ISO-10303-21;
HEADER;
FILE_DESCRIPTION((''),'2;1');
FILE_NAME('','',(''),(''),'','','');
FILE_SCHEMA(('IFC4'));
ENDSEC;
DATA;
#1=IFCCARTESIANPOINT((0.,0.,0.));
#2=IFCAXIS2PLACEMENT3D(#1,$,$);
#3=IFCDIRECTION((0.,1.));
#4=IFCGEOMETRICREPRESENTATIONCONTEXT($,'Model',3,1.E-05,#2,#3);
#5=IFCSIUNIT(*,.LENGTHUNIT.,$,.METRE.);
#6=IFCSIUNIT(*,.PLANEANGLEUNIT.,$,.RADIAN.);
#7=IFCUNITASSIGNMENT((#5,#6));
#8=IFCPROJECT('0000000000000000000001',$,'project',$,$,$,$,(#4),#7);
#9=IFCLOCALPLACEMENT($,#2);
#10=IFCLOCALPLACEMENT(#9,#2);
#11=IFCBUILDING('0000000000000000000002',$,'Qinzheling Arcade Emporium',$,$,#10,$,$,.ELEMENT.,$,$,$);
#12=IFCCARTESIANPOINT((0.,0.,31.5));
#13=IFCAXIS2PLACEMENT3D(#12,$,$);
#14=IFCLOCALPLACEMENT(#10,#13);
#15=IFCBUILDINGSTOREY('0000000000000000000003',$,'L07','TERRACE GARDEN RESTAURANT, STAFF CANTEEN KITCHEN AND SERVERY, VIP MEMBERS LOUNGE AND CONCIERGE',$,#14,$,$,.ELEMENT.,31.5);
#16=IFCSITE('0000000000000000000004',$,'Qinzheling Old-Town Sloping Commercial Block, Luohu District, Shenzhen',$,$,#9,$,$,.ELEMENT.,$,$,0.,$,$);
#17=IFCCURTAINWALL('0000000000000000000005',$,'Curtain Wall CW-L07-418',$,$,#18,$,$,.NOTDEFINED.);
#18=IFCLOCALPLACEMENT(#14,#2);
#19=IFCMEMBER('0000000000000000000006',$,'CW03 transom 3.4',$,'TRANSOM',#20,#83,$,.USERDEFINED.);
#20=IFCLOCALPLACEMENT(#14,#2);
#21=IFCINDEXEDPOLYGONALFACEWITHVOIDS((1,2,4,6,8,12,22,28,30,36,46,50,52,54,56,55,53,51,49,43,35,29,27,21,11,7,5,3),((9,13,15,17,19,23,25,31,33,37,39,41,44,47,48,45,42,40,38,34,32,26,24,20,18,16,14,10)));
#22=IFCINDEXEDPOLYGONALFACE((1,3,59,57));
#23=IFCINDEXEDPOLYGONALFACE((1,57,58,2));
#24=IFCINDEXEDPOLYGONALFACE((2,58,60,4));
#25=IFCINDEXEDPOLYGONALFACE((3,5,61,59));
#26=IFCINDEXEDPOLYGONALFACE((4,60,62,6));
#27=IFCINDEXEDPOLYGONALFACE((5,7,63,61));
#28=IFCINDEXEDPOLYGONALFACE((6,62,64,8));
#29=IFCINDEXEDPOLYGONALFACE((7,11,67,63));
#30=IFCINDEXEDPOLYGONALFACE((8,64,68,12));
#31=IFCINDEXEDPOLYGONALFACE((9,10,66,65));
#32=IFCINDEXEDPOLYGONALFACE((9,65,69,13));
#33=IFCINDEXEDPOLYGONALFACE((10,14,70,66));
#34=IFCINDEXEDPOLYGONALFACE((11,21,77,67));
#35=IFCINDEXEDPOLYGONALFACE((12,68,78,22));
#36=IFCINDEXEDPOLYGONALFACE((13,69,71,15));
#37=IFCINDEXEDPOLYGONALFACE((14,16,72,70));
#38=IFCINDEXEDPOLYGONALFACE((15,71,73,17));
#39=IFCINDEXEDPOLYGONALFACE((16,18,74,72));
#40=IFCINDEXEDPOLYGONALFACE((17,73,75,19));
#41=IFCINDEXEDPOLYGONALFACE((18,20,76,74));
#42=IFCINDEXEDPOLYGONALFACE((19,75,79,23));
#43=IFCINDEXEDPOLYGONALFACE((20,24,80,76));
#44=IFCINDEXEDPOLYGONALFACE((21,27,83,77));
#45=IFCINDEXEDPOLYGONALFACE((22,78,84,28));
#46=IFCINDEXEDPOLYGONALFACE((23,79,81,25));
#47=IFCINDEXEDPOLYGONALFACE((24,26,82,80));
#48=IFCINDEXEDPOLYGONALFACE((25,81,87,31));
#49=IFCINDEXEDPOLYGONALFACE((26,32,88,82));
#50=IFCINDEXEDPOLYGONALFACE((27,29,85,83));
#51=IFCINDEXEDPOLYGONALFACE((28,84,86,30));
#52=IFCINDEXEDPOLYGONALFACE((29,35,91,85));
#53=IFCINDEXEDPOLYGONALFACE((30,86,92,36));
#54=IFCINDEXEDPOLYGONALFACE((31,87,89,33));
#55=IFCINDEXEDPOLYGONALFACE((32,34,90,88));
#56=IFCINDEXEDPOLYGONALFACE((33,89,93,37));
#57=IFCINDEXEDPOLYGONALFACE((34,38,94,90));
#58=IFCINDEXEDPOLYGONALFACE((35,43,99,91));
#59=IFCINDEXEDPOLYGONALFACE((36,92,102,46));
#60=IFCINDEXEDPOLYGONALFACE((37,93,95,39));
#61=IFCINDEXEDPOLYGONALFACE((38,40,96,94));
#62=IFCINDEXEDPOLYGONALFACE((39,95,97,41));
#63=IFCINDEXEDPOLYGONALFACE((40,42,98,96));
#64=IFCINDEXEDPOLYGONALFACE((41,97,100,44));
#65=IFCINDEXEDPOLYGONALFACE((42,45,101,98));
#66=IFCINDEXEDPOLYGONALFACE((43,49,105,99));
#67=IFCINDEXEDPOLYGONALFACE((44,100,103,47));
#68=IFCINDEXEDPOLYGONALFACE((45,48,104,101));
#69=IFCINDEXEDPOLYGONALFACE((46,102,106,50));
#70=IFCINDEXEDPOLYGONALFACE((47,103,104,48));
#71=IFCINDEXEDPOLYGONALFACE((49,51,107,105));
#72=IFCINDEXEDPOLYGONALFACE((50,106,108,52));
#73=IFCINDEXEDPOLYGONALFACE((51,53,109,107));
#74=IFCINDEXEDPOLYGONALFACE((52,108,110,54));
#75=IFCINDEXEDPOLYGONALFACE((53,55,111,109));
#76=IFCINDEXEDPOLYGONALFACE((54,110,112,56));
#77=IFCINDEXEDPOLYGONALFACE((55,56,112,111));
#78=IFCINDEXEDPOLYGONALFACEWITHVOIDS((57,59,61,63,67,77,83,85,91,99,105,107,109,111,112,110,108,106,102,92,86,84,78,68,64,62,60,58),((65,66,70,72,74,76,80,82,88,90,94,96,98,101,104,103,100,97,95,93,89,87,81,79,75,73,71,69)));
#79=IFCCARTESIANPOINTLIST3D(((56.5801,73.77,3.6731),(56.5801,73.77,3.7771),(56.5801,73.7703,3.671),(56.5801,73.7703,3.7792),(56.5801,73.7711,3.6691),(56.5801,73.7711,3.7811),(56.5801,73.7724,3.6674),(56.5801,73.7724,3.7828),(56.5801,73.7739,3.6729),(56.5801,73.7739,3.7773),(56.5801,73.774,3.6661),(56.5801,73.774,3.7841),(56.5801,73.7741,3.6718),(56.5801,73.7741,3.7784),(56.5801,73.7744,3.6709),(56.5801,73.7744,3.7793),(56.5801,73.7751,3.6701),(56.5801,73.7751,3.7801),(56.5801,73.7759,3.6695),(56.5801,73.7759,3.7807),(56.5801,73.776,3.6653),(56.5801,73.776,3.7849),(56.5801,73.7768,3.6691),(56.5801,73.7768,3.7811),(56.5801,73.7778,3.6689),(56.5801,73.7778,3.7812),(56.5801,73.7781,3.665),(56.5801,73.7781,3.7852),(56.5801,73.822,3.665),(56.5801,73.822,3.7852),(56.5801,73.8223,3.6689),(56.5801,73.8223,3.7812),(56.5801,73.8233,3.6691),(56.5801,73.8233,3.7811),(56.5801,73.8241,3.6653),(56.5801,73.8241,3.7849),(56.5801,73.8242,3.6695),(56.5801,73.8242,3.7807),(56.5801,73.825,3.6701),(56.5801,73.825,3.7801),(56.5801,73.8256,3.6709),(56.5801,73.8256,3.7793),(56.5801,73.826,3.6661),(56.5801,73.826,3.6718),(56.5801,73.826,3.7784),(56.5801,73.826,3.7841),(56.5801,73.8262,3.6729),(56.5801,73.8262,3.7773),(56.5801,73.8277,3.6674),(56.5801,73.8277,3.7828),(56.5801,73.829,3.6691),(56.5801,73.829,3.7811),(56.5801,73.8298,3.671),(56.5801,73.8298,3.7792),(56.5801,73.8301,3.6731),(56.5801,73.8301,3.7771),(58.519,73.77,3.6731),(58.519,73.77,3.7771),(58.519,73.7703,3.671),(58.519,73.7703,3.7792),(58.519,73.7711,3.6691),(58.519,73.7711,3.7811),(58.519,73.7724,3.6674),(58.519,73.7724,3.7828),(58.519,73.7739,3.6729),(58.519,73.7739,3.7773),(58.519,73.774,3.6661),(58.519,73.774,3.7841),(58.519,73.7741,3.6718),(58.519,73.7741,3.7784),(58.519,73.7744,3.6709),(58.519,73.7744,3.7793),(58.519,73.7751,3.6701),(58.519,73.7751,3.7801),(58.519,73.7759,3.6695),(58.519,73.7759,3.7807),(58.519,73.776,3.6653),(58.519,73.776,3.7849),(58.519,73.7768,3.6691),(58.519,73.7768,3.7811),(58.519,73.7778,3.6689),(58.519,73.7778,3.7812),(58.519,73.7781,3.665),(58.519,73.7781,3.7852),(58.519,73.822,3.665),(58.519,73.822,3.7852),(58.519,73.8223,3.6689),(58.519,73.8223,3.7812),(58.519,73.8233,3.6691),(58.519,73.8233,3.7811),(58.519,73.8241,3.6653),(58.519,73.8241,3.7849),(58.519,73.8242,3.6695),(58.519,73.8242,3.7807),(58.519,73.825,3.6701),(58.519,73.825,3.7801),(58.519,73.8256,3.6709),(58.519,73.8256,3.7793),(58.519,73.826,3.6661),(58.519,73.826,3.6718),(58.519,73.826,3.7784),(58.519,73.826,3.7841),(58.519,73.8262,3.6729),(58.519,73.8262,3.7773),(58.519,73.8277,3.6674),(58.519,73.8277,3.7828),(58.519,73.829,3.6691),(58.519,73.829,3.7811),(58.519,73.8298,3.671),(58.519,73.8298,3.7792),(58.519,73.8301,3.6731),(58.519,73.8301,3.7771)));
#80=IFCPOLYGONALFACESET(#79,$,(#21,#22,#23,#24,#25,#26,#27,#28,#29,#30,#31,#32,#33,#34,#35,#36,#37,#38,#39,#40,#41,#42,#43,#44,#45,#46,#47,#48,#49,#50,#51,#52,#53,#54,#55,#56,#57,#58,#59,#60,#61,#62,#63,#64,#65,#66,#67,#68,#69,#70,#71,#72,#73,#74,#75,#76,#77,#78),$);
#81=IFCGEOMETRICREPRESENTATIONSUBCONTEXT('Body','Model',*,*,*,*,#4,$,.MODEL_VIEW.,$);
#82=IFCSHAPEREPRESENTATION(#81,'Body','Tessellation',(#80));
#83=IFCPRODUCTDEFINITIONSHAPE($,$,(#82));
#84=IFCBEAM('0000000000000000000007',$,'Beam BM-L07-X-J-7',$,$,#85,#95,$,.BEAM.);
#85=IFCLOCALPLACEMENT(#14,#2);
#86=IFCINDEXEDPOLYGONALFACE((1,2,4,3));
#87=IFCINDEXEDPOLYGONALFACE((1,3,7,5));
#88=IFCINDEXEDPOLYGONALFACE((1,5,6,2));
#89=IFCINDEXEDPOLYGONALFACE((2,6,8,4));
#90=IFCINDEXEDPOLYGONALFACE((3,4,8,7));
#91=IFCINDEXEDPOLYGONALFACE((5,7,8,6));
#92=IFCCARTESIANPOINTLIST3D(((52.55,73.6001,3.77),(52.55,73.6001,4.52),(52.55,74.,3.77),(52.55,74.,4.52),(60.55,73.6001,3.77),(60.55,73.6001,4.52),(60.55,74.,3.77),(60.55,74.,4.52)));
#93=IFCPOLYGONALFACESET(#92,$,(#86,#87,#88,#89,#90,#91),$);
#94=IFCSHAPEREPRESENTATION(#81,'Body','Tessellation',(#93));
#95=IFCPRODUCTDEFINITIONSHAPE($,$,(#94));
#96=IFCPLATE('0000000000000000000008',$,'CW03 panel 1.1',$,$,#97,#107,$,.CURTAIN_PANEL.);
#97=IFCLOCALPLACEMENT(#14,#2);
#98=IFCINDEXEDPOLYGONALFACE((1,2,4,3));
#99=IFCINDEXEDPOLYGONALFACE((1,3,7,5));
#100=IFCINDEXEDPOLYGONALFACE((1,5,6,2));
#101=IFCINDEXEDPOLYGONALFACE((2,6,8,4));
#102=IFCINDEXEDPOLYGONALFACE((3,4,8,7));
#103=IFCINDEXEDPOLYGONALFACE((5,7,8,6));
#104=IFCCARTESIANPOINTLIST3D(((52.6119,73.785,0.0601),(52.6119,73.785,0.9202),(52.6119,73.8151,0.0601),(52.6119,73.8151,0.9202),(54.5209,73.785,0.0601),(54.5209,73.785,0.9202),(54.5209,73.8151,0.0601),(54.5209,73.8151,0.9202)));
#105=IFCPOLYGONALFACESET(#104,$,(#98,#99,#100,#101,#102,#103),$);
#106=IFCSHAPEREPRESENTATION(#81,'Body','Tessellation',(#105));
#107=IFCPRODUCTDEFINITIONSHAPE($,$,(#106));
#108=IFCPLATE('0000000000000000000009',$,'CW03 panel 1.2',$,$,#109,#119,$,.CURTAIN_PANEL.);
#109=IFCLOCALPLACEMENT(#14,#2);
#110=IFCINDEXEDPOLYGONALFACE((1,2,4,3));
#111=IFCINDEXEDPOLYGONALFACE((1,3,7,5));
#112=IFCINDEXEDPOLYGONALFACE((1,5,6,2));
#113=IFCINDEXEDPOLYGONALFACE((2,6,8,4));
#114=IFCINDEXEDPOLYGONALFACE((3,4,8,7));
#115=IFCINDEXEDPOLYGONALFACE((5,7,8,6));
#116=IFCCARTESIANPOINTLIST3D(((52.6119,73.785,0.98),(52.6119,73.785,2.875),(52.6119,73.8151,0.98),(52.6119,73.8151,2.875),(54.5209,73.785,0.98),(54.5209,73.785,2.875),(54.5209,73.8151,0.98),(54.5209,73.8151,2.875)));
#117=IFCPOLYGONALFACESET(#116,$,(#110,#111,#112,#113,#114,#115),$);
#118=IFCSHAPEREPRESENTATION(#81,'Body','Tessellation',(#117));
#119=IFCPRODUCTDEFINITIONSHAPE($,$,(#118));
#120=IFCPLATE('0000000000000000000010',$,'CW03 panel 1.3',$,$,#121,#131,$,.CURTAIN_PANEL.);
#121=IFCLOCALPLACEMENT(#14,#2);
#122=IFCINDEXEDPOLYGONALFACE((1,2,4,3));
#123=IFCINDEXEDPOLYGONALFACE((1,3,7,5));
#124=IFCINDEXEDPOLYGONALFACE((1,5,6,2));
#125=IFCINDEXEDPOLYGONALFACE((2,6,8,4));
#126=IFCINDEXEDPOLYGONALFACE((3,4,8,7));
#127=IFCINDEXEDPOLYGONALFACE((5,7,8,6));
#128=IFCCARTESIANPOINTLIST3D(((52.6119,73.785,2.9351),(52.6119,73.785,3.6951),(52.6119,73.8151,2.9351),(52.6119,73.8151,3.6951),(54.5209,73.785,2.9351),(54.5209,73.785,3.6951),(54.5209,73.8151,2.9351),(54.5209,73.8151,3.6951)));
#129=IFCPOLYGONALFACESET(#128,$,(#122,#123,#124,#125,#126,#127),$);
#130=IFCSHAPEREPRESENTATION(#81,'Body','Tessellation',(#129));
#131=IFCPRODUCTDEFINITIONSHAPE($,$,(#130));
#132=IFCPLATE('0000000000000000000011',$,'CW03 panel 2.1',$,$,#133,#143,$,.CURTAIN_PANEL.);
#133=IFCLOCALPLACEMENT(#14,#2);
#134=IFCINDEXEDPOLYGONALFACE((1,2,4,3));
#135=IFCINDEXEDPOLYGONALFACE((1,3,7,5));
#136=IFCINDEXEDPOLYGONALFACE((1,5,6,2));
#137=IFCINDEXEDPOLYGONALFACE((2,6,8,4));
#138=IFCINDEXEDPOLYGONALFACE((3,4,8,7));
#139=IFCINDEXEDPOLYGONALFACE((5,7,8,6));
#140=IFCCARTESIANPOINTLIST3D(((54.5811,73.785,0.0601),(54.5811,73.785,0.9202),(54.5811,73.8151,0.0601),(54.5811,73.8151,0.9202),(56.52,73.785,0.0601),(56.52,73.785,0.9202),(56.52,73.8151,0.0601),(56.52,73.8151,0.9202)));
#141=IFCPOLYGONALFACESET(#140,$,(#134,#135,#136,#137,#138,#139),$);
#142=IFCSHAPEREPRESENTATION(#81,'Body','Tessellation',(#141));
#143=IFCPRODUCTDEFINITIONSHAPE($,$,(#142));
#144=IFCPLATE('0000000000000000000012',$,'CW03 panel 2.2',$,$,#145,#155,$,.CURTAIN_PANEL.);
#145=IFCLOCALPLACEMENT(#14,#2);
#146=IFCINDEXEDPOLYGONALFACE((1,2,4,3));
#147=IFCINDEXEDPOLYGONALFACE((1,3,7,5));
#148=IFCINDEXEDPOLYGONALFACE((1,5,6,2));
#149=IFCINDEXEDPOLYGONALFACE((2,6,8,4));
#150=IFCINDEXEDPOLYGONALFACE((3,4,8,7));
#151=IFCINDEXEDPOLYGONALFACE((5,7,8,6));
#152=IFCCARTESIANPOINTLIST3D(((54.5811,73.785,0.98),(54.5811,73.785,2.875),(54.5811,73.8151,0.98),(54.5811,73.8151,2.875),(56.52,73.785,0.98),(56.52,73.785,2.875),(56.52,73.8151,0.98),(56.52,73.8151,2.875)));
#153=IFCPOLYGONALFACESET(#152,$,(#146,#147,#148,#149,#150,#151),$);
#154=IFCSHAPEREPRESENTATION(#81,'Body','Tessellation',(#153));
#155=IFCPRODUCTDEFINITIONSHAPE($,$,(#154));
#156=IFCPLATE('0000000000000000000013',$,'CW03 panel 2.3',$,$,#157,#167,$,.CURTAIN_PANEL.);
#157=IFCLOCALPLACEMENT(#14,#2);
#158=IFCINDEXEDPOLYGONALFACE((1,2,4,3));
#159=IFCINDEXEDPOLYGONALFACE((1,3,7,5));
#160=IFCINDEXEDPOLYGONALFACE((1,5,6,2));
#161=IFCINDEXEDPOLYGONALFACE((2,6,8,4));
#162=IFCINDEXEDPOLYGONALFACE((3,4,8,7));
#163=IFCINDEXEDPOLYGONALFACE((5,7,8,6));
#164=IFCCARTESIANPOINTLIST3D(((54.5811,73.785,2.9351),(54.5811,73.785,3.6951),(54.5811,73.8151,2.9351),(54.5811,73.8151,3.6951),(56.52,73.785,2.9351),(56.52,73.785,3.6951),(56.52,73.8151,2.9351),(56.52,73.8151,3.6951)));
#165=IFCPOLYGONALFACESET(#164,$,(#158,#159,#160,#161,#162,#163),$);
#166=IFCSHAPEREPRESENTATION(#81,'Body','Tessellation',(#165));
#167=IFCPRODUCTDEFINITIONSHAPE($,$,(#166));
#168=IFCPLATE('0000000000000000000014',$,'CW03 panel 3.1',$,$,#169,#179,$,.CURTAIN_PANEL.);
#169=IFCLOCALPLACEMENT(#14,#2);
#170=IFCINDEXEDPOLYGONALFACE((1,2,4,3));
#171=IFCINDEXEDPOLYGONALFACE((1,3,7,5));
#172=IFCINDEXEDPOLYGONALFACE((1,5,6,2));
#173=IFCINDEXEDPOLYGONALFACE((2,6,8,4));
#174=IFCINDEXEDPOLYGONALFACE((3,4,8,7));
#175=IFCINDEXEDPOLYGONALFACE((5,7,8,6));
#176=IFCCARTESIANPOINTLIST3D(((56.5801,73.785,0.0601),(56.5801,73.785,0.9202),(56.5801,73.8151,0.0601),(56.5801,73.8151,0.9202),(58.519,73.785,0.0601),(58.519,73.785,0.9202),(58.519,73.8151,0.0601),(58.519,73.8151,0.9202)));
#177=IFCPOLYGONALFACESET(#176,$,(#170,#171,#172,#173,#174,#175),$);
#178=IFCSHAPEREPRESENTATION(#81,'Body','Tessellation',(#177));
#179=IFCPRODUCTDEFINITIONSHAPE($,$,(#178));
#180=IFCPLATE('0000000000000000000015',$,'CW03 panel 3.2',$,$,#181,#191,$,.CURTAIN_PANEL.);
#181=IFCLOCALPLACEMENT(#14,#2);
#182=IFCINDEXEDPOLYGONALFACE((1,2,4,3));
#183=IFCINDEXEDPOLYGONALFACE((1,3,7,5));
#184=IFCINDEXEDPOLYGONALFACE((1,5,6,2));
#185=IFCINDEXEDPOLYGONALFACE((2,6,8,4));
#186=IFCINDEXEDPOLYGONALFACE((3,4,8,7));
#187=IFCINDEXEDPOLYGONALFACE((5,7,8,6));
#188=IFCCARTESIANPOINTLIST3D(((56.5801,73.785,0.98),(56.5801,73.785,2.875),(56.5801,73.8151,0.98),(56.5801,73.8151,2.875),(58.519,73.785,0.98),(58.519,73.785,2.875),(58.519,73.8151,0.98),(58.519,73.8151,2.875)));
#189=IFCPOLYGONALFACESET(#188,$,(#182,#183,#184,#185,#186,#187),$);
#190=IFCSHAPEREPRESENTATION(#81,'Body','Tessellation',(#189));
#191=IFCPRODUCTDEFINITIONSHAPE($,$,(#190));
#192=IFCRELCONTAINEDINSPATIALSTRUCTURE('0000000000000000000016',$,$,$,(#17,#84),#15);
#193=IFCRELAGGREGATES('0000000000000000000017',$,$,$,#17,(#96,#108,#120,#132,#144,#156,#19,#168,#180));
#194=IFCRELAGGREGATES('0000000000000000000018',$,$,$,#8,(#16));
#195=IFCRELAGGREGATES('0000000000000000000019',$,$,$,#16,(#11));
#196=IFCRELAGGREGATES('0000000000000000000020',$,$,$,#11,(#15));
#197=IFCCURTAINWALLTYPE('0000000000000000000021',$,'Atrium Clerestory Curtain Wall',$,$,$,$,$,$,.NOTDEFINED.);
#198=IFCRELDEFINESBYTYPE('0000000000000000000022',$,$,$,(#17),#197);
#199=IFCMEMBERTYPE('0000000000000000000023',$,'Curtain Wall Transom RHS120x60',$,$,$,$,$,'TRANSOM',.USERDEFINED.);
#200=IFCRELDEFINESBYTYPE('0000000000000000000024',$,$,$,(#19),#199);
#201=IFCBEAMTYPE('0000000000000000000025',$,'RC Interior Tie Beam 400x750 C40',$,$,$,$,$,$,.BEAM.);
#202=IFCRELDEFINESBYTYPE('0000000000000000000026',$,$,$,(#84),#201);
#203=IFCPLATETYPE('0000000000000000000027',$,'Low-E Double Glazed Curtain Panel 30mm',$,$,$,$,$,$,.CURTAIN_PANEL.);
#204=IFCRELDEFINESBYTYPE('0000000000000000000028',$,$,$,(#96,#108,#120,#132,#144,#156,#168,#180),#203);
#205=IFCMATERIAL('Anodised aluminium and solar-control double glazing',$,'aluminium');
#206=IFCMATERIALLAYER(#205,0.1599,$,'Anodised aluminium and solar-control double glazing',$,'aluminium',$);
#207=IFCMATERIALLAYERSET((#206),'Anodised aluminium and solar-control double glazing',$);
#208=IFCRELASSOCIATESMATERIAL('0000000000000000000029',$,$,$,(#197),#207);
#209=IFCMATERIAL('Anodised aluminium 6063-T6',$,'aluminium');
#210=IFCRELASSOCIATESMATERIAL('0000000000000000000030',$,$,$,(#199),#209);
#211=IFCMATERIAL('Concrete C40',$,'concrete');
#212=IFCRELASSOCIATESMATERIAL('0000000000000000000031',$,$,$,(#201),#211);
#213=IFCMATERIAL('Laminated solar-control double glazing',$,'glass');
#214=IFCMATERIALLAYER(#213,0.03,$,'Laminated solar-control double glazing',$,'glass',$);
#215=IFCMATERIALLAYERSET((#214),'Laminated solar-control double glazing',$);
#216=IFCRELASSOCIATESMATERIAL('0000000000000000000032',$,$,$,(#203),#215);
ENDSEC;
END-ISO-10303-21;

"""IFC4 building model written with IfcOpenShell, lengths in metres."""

from ifc_helpers import new_model, si_unit, direction, frame, origin, origin_2d, place, context, subcontext, project, spatial, rectangle, hollow_rectangle, extrude, material, layer, layer_set, material_profile, profile_set, type_object, element, aggregate, save


model = new_model("IFC4")

# Units and contexts
model_context = context("Model", 3, precision=1e-05, world=origin(), true_north=direction((0.0, 1.0)))
body_context = subcontext(model_context, "Body", "Model", "MODEL_VIEW")
ifc_project = project(units=[si_unit("LENGTHUNIT", "METRE"), si_unit("PLANEANGLEUNIT", "RADIAN")], contexts=[model_context])

# Site, building, storey
site_placement = place(None, origin())
site = spatial("IfcSite", under=ifc_project, at=site_placement, Name="Qinzheling Old-Town Sloping Commercial Block, Luohu District, Shenzhen", CompositionType="ELEMENT", RefElevation=0.0)
building_placement = place(site_placement, origin())
building = spatial("IfcBuilding", under=site, at=building_placement, Name="Qinzheling Arcade Emporium", CompositionType="ELEMENT")
storey_placement = place(building_placement, frame((0.0, 0.0, 31.5)))
storey = spatial("IfcBuildingStorey", under=building, at=storey_placement, Name="L07", Description="TERRACE GARDEN RESTAURANT, STAFF CANTEEN KITCHEN AND SERVERY, VIP MEMBERS LOUNGE AND CONCIERGE", CompositionType="ELEMENT", Elevation=31.5)

# Curtain wall, member
ifc_material_1 = material(Name="Anodised aluminium and solar-control double glazing", Category="aluminium")
ifc_layer_1 = layer(ifc_material_1, 0.1599, Name="Anodised aluminium and solar-control double glazing", Category="aluminium")
ifc_layer_set_1 = layer_set([ifc_layer_1], Name="Anodised aluminium and solar-control double glazing")
curtain_wall_type = type_object("IfcCurtainWallType", Name="Atrium Clerestory Curtain Wall", PredefinedType="NOTDEFINED", material=ifc_layer_set_1)
curtain_wall_placement = place(storey_placement, origin())
curtain_wall = element("IfcCurtainWall", 1, at=curtain_wall_placement, inside=storey, type_object=curtain_wall_type, Name="Curtain Wall CW-L07-418", PredefinedType="NOTDEFINED")
ifc_material_2 = material(Name="Anodised aluminium 6063-T6", Category="aluminium")
ifc_material_profile_1 = material_profile(ifc_material_2, hollow_rectangle(XDim=0.0601, YDim=0.1201, WallThickness=0.0039, InnerFilletRadius=0.0039, OuterFilletRadius=0.0081, at=origin_2d()), Name="RHS 120x60x4", Category="aluminium")
ifc_profile_set_1 = profile_set([ifc_material_profile_1], Name="Anodised aluminium 6063-T6")
member_type_1 = type_object("IfcMemberType", Name="Curtain Wall Transom RHS120x60", ElementType="TRANSOM", PredefinedType="USERDEFINED", material=ifc_profile_set_1)
member_1_placement = place(storey_placement, frame((56.5801, 73.8, 3.7251), z_axis=(1.0, 0.0, 0.0), x_axis=(0.0, 1.0, 0.0)))
member_1 = element("IfcMember", 2, at=member_1_placement, type_object=member_type_1, Name="CW03 transom 3.4", ObjectType="TRANSOM", PredefinedType="USERDEFINED", context=body_context, shape_type="SweptSolid", body=[
    extrude(hollow_rectangle(XDim=0.0601, YDim=0.1201, WallThickness=0.0039, InnerFilletRadius=0.0039, OuterFilletRadius=0.0081, at=origin_2d()), origin(), (0.0, 0.0, 1.0), 1.939),
])

# Beam
ifc_material_3 = material(Name="Concrete C40", Category="concrete")
ifc_material_profile_2 = material_profile(ifc_material_3, rectangle(XDim=0.3999, YDim=0.75, at=origin_2d()), Name="RC 400x750", Category="concrete")
ifc_profile_set_2 = profile_set([ifc_material_profile_2], Name="Concrete C40")
beam_type = type_object("IfcBeamType", Name="RC Interior Tie Beam 400x750 C40", PredefinedType="BEAM", material=ifc_profile_set_2)
beam_placement = place(storey_placement, frame((52.55, 73.8, 4.145), z_axis=(1.0, 0.0, 0.0), x_axis=(0.0, 1.0, 0.0)))
element("IfcBeam", 3, at=beam_placement, inside=storey, type_object=beam_type, Name="Beam BM-L07-X-J-7", PredefinedType="BEAM", context=body_context, shape_type="SweptSolid", body=[
    extrude(rectangle(XDim=0.3999, YDim=0.75, at=origin_2d()), origin(), (0.0, 0.0, 1.0), 8.0),
])

# Plates
ifc_material_4 = material(Name="Laminated solar-control double glazing", Category="glass")
ifc_layer_2 = layer(ifc_material_4, 0.03, Name="Laminated solar-control double glazing", Category="glass")
ifc_layer_set_2 = layer_set([ifc_layer_2], Name="Laminated solar-control double glazing")
plate_type = type_object("IfcPlateType", Name="Low-E Double Glazed Curtain Panel 30mm", PredefinedType="CURTAIN_PANEL", material=ifc_layer_set_2)
plate_1_placement = place(storey_placement, frame((53.5664, 73.8, 0.0601), z_axis=(0.0, 0.0, 1.0), x_axis=(1.0, 0.0, 0.0)))
plate_1 = element("IfcPlate", 4, at=plate_1_placement, type_object=plate_type, Name="CW03 panel 1.1", PredefinedType="CURTAIN_PANEL", context=body_context, shape_type="SweptSolid", body=[
    extrude(rectangle(XDim=1.9089, YDim=0.03, at=origin_2d()), origin(), (0.0, 0.0, 1.0), 0.8601),
])
plate_2_placement = place(storey_placement, frame((53.5664, 73.8, 0.98), z_axis=(0.0, 0.0, 1.0), x_axis=(1.0, 0.0, 0.0)))
plate_2 = element("IfcPlate", 5, at=plate_2_placement, type_object=plate_type, Name="CW03 panel 1.2", PredefinedType="CURTAIN_PANEL", context=body_context, shape_type="SweptSolid", body=[
    extrude(rectangle(XDim=1.9089, YDim=0.03, at=origin_2d()), origin(), (0.0, 0.0, 1.0), 1.895),
])
plate_3_placement = place(storey_placement, frame((53.5664, 73.8, 2.9351), z_axis=(0.0, 0.0, 1.0), x_axis=(1.0, 0.0, 0.0)))
plate_3 = element("IfcPlate", 6, at=plate_3_placement, type_object=plate_type, Name="CW03 panel 1.3", PredefinedType="CURTAIN_PANEL", context=body_context, shape_type="SweptSolid", body=[
    extrude(rectangle(XDim=1.9089, YDim=0.03, at=origin_2d()), origin(), (0.0, 0.0, 1.0), 0.76),
])
plate_4_placement = place(storey_placement, frame((55.5505, 73.8, 0.0601), z_axis=(0.0, 0.0, 1.0), x_axis=(1.0, 0.0, 0.0)))
plate_4 = element("IfcPlate", 7, at=plate_4_placement, type_object=plate_type, Name="CW03 panel 2.1", PredefinedType="CURTAIN_PANEL", context=body_context, shape_type="SweptSolid", body=[
    extrude(rectangle(XDim=1.939, YDim=0.03, at=origin_2d()), origin(), (0.0, 0.0, 1.0), 0.8601),
])
plate_5_placement = place(storey_placement, frame((55.5505, 73.8, 0.98), z_axis=(0.0, 0.0, 1.0), x_axis=(1.0, 0.0, 0.0)))
plate_5 = element("IfcPlate", 8, at=plate_5_placement, type_object=plate_type, Name="CW03 panel 2.2", PredefinedType="CURTAIN_PANEL", context=body_context, shape_type="SweptSolid", body=[
    extrude(rectangle(XDim=1.939, YDim=0.03, at=origin_2d()), origin(), (0.0, 0.0, 1.0), 1.895),
])
plate_6_placement = place(storey_placement, frame((55.5505, 73.8, 2.9351), z_axis=(0.0, 0.0, 1.0), x_axis=(1.0, 0.0, 0.0)))
plate_6 = element("IfcPlate", 9, at=plate_6_placement, type_object=plate_type, Name="CW03 panel 2.3", PredefinedType="CURTAIN_PANEL", context=body_context, shape_type="SweptSolid", body=[
    extrude(rectangle(XDim=1.939, YDim=0.03, at=origin_2d()), origin(), (0.0, 0.0, 1.0), 0.76),
])
plate_7_placement = place(storey_placement, frame((57.5496, 73.8, 0.0601), z_axis=(0.0, 0.0, 1.0), x_axis=(1.0, 0.0, 0.0)))
plate_7 = element("IfcPlate", 10, at=plate_7_placement, type_object=plate_type, Name="CW03 panel 3.1", PredefinedType="CURTAIN_PANEL", context=body_context, shape_type="SweptSolid", body=[
    extrude(rectangle(XDim=1.939, YDim=0.03, at=origin_2d()), origin(), (0.0, 0.0, 1.0), 0.8601),
])
plate_8_placement = place(storey_placement, frame((57.5496, 73.8, 0.98), z_axis=(0.0, 0.0, 1.0), x_axis=(1.0, 0.0, 0.0)))
plate_8 = element("IfcPlate", 11, at=plate_8_placement, type_object=plate_type, Name="CW03 panel 3.2", PredefinedType="CURTAIN_PANEL", context=body_context, shape_type="SweptSolid", body=[
    extrude(rectangle(XDim=1.939, YDim=0.03, at=origin_2d()), origin(), (0.0, 0.0, 1.0), 1.895),
])
aggregate(curtain_wall, [plate_1, plate_2, plate_3, plate_4, plate_5, plate_6, member_1, plate_7, plate_8])

save(model, "model.ifc")
